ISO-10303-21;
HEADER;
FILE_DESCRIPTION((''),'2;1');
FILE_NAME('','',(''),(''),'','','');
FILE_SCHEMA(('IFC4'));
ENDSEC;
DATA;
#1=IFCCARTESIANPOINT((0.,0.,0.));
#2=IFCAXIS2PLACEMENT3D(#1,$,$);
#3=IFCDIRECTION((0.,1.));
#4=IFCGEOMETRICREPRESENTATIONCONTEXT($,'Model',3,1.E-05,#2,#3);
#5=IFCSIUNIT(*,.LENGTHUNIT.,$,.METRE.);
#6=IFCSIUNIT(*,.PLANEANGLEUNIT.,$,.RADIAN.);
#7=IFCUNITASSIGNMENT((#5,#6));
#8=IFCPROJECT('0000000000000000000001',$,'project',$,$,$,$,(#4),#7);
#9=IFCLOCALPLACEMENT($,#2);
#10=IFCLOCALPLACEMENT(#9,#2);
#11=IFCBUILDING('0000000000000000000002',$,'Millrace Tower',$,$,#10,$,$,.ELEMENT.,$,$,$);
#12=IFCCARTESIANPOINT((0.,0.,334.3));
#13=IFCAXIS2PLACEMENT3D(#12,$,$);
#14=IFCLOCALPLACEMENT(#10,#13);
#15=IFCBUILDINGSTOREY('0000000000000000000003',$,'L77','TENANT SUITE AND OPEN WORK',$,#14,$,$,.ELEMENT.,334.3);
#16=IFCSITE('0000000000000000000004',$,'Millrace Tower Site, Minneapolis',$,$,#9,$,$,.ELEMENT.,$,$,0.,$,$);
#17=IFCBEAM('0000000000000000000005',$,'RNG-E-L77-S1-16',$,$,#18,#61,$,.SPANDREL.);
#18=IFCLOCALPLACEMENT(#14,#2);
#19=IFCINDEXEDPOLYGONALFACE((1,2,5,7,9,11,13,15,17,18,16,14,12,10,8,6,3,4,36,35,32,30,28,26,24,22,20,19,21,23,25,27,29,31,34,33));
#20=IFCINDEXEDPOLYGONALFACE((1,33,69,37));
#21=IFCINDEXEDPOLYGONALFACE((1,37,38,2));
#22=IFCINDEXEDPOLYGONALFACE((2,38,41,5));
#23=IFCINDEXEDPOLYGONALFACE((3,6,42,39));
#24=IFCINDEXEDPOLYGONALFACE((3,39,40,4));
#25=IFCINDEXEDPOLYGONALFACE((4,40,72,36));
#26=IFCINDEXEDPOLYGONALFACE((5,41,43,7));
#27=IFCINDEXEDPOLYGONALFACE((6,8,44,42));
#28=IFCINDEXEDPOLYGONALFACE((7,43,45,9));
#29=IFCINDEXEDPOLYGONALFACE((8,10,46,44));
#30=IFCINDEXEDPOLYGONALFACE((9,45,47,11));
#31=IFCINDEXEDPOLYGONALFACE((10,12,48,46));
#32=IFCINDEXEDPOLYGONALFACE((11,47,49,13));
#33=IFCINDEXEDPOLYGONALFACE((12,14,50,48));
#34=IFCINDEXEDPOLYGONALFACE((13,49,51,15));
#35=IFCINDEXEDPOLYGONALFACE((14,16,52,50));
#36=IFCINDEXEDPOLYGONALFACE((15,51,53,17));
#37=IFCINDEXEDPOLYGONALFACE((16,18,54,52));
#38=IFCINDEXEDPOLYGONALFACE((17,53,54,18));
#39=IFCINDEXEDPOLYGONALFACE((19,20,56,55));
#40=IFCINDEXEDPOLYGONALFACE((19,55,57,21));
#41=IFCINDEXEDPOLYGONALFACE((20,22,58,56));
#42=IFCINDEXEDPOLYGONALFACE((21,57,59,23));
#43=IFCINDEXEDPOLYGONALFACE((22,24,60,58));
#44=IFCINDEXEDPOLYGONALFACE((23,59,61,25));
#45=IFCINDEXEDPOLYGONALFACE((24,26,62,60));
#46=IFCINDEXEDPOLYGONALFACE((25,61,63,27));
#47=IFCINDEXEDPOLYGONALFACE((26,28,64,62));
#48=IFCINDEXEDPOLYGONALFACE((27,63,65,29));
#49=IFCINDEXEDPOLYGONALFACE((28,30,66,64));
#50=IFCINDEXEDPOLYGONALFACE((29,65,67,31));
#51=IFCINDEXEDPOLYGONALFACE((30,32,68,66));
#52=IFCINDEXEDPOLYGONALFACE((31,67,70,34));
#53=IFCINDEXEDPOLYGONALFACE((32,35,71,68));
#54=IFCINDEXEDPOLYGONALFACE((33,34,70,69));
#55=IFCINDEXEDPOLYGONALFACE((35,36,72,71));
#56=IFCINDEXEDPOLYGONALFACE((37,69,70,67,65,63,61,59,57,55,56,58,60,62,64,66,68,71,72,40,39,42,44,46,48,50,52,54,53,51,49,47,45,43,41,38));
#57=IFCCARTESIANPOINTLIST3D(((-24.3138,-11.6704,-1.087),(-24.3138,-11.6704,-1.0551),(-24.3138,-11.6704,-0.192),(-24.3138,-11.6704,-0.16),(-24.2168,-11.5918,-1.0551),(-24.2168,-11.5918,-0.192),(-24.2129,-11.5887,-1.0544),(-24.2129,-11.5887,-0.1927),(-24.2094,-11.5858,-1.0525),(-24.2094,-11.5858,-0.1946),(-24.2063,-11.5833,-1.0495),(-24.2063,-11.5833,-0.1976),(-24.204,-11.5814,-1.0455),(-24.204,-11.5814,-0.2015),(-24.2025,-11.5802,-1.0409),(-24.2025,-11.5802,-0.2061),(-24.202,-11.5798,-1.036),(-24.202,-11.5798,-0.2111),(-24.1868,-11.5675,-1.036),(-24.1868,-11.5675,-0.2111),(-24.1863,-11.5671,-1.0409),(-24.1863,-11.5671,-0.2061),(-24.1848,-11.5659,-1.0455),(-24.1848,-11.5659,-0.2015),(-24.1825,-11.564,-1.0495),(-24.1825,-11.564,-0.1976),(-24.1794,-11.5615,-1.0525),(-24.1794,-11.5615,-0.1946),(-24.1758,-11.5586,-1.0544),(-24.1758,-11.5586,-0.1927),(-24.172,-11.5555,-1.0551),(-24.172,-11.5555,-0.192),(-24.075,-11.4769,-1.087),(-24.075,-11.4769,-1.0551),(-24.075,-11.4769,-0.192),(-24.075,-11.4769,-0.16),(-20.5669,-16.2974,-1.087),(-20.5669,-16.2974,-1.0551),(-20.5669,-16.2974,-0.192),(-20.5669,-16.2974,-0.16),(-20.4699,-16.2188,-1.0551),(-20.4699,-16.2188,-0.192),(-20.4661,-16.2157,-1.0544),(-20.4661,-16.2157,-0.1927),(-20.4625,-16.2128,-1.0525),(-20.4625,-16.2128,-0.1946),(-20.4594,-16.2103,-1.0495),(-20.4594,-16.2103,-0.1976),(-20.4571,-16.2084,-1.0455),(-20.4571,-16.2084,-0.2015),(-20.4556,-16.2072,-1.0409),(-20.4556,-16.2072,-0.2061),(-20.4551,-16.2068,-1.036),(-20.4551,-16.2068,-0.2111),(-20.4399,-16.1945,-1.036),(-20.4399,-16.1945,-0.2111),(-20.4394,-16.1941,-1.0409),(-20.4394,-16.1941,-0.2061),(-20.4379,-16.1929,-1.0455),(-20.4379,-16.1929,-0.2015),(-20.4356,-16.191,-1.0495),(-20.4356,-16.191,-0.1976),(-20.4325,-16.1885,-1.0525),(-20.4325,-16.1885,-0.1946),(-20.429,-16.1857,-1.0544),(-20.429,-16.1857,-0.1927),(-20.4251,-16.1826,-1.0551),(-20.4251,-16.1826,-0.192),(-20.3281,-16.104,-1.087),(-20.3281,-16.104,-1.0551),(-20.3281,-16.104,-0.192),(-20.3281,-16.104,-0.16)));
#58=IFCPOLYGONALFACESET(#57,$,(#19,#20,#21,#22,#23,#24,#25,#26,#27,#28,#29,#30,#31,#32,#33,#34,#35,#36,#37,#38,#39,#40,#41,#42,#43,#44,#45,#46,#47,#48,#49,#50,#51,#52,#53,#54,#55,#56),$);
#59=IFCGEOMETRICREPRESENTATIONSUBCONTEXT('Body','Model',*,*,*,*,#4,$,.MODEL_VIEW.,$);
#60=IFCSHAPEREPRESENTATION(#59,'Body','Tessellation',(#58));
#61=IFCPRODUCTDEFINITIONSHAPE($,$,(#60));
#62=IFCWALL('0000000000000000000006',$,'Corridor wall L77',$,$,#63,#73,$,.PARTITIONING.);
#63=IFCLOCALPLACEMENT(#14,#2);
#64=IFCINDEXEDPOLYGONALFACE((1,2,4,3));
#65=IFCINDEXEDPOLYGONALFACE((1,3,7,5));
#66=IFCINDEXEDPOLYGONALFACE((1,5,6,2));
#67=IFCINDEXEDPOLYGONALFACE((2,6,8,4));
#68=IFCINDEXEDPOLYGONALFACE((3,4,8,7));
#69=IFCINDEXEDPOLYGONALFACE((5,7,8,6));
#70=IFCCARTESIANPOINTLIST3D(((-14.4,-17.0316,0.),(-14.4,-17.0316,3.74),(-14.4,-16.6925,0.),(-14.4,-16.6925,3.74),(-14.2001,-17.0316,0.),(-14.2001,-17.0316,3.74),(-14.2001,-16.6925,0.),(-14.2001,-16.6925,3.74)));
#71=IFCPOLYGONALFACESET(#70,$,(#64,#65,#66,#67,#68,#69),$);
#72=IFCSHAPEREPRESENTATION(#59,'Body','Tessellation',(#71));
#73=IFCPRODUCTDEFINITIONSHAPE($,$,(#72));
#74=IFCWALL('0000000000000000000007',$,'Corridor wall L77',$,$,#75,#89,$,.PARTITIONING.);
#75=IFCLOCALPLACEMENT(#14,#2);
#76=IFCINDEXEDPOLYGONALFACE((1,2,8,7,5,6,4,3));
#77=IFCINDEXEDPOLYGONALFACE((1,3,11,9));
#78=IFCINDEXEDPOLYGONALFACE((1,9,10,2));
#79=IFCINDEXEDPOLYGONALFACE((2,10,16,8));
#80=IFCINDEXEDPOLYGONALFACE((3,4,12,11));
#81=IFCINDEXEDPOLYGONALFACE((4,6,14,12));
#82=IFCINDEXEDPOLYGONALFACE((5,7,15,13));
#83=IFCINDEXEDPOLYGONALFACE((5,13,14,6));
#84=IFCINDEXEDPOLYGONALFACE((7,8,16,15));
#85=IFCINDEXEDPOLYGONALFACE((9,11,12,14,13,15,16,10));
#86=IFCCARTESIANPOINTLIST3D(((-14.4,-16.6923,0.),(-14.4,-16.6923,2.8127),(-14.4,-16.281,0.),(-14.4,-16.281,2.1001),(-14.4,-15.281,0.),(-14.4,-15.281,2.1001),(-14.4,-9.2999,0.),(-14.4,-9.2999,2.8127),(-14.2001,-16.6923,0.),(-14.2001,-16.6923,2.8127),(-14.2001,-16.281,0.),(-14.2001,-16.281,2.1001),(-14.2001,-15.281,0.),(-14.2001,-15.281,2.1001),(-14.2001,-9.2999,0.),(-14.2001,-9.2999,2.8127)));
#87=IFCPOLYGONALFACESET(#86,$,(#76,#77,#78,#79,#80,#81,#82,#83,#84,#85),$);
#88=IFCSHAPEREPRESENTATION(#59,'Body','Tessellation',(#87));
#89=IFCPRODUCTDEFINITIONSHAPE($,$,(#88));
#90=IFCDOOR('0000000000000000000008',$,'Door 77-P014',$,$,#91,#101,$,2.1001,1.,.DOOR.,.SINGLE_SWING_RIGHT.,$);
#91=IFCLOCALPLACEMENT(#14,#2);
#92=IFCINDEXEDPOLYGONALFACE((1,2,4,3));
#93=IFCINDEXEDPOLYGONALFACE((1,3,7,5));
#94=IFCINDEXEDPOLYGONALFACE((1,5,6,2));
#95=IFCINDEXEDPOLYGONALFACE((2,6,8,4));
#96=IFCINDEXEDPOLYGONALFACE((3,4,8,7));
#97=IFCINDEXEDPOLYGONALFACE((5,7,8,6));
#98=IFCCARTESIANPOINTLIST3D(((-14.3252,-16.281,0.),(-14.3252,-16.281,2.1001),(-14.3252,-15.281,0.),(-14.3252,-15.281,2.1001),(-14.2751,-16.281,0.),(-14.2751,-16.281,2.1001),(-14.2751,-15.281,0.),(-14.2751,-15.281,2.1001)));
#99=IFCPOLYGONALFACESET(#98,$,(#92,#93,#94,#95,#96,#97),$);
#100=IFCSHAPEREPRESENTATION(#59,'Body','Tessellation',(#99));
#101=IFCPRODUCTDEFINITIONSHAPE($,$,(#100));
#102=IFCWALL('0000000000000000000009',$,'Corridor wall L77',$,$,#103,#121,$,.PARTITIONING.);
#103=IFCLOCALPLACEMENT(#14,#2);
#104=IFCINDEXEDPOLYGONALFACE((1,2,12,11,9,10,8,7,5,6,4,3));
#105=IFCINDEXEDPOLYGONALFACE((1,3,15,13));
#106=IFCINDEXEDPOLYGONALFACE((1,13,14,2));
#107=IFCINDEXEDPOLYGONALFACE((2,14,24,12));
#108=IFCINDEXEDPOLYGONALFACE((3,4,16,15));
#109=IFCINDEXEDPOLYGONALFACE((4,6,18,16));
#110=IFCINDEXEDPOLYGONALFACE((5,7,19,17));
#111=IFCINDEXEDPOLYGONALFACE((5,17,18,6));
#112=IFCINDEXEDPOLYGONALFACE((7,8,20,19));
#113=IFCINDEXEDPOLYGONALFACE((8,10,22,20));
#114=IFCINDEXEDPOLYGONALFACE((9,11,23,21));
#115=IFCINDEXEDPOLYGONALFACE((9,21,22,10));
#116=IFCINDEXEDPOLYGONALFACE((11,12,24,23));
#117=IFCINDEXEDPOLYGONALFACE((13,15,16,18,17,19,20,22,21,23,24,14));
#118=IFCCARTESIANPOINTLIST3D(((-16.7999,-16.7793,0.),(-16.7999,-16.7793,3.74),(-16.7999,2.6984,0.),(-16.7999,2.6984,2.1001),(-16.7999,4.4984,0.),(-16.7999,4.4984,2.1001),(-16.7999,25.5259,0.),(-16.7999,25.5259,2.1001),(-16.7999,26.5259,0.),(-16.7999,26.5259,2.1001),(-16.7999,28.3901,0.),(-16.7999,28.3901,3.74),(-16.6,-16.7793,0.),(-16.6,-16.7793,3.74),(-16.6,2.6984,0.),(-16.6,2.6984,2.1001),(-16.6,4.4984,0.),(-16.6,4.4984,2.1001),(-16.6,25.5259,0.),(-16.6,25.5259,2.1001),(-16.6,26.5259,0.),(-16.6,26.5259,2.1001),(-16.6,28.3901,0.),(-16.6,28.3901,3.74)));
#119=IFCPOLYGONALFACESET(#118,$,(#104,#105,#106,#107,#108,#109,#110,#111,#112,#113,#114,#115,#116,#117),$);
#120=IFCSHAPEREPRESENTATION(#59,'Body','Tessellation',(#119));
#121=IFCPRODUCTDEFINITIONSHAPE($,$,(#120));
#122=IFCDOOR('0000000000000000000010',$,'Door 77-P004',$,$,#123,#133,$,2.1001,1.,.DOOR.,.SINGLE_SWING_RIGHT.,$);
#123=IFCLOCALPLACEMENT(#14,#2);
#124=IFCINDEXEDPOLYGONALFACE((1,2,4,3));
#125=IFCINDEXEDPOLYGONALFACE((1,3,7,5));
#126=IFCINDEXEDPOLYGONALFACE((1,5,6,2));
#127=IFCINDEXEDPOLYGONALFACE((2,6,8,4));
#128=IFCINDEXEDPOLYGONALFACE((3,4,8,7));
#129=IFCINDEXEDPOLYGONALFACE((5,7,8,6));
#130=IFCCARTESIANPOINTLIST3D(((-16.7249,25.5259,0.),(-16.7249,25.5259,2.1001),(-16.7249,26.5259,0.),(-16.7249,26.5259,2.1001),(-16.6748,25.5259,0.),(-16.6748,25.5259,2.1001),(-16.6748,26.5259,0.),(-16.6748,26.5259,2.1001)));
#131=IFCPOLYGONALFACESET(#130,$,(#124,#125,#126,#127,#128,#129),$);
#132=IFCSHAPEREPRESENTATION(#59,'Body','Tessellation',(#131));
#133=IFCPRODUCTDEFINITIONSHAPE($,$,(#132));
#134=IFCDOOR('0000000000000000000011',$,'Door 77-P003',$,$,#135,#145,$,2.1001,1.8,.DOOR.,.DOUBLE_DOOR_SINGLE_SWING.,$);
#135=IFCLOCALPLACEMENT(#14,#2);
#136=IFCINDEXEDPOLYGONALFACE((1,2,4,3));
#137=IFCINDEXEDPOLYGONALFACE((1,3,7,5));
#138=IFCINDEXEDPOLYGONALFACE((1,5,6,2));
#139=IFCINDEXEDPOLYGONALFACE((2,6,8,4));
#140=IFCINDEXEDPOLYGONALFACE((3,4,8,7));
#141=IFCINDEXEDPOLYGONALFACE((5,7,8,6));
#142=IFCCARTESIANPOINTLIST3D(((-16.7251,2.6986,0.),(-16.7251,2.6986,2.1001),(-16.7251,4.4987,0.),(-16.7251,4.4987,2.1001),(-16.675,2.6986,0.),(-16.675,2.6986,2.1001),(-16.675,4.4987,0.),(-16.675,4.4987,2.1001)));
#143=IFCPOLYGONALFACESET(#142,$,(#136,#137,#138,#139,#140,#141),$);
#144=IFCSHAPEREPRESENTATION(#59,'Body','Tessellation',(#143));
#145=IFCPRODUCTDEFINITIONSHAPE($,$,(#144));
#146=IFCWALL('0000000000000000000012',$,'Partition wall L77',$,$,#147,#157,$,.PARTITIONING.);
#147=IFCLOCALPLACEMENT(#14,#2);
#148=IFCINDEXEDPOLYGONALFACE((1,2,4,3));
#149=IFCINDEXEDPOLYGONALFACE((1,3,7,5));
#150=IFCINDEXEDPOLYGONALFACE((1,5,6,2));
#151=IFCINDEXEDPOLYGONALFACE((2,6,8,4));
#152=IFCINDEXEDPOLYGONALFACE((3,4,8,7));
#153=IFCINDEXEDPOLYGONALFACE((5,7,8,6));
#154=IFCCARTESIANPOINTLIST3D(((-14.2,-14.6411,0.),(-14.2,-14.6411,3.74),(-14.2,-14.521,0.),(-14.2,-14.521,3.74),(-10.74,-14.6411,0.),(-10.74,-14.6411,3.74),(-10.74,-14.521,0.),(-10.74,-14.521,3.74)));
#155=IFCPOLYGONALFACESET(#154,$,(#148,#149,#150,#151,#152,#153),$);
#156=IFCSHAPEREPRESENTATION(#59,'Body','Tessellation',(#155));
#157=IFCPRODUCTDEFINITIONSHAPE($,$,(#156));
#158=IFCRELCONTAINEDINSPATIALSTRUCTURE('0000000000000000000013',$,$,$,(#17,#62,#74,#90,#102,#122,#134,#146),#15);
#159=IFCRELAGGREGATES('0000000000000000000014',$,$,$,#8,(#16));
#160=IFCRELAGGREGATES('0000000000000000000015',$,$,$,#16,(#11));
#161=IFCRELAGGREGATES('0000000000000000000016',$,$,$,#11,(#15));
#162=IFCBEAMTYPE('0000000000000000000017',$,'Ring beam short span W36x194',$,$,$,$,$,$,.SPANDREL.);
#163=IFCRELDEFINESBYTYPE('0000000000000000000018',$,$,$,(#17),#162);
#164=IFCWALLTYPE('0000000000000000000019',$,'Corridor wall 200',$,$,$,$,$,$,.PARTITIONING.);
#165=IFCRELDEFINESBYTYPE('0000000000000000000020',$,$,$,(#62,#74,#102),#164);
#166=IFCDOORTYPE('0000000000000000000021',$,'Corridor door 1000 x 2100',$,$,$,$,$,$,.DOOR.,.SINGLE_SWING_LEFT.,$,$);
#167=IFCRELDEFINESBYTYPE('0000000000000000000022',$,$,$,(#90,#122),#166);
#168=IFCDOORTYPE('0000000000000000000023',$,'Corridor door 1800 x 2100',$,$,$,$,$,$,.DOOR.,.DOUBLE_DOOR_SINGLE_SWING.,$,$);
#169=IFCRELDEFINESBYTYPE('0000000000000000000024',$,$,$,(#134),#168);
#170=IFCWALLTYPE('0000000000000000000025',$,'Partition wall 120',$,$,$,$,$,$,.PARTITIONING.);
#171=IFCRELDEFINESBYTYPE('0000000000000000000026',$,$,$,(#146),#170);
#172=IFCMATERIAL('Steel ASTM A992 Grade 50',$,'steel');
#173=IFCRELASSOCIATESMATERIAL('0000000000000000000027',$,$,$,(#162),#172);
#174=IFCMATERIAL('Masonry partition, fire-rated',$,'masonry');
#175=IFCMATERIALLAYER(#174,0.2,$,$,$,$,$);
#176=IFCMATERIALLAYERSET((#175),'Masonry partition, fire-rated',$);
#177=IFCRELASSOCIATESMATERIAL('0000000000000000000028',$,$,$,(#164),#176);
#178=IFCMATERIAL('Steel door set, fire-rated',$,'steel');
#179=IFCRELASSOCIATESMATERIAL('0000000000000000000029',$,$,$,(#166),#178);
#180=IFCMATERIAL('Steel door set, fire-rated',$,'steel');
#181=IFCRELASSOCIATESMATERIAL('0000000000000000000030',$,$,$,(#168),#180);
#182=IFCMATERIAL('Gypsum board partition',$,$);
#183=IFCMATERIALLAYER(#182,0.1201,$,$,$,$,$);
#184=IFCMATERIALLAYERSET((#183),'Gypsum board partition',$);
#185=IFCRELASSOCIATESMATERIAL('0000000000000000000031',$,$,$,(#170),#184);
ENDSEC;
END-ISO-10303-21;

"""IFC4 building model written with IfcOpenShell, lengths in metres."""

from ifc_helpers import new_model, si_unit, direction, frame, frame_2d, origin, origin_2d, place, context, subcontext, project, spatial, rectangle, i_section, extrude, material, layer, layer_set, material_profile, profile_set, type_object, element, fill, save


model = new_model("IFC4")

# Units and contexts
model_context = context("Model", 3, precision=1e-05, world=origin(), true_north=direction((0.0, 1.0)))
body_context = subcontext(model_context, "Body", "Model", "MODEL_VIEW")
ifc_project = project(units=[si_unit("LENGTHUNIT", "METRE"), si_unit("PLANEANGLEUNIT", "RADIAN")], contexts=[model_context])

# Site, building, storey
site_placement = place(None, origin())
site = spatial("IfcSite", under=ifc_project, at=site_placement, Name="Millrace Tower Site, Minneapolis", CompositionType="ELEMENT", RefElevation=0.0)
building_placement = place(site_placement, origin())
building = spatial("IfcBuilding", under=site, at=building_placement, Name="Millrace Tower", CompositionType="ELEMENT")
storey_placement = place(building_placement, frame((0.0, 0.0, 334.3)))
storey = spatial("IfcBuildingStorey", under=building, at=storey_placement, Name="L77", Description="TENANT SUITE AND OPEN WORK", CompositionType="ELEMENT", Elevation=334.3)

# Beam
ifc_material_1 = material(Name="Steel ASTM A992 Grade 50", Category="steel")
ifc_material_profile_1 = material_profile(ifc_material_1, i_section(OverallWidth=0.3074, OverallDepth=0.927, WebThickness=0.0195, FlangeThickness=0.032, FilletRadius=0.019, at=origin_2d()))
ifc_profile_set_1 = profile_set([ifc_material_profile_1], Name="Steel ASTM A992 Grade 50")
beam_type_1 = type_object("IfcBeamType", Name="Ring beam short span W36x194", PredefinedType="SPANDREL", material=ifc_profile_set_1)
beam_1_placement = place(storey_placement, frame((-20.4475, -16.2007, -0.6235), z_axis=(-0.62932, 0.777147, 0.0), x_axis=(-0.777147, -0.62932, 0.0)))
element("IfcBeam", 1, at=beam_1_placement, inside=storey, type_object=beam_type_1, Name="RNG-E-L77-S1-16", PredefinedType="SPANDREL", context=body_context, shape_type="SweptSolid", body=[
    extrude(i_section(OverallWidth=0.3074, OverallDepth=0.927, WebThickness=0.0195, FlangeThickness=0.032, FilletRadius=0.019, at=origin_2d()), origin(), (0.0, 0.0, 1.0), 5.9539),
])

# Wall
ifc_material_2 = material(Name="Masonry partition, fire-rated", Category="masonry")
ifc_layer_1 = layer(ifc_material_2, 0.2)
ifc_layer_set_1 = layer_set([ifc_layer_1], Name="Masonry partition, fire-rated")
wall_type_1 = type_object("IfcWallType", Name="Corridor wall 200", PredefinedType="PARTITIONING", material=ifc_layer_set_1)
wall_1_placement = place(storey_placement, frame((-14.3, -17.0315, 0.0), z_axis=(0.0, 0.0, 1.0), x_axis=(0.0, 1.0, 0.0)))
element("IfcWall", 2, at=wall_1_placement, inside=storey, type_object=wall_type_1, Name="Corridor wall L77", PredefinedType="PARTITIONING", context=body_context, shape_type="SweptSolid", body=[
    extrude(rectangle(XDim=0.3391, YDim=0.2, at=frame_2d((0.1694, 0.0))), origin(), (0.0, 0.0, 1.0), 3.74),
])

# Wall, opening, door
wall_2_placement = place(storey_placement, frame((-14.3, -16.6924, 0.0), z_axis=(0.0, 0.0, 1.0), x_axis=(0.0, 1.0, 0.0)))
wall_2 = element("IfcWall", 3, at=wall_2_placement, inside=storey, type_object=wall_type_1, Name="Corridor wall L77", PredefinedType="PARTITIONING", context=body_context, shape_type="SweptSolid", body=[
    extrude(rectangle(XDim=7.3923, YDim=0.2, at=frame_2d((3.6963, 0.0))), origin(), (0.0, 0.0, 1.0), 2.8127),
])
opening_1_placement = place(wall_2_placement, frame((0.4114, 0.0, 0.0)))
opening_1 = element("IfcOpeningElement", 4, at=opening_1_placement, cuts=wall_2, PredefinedType="OPENING", context=body_context, shape_type="SweptSolid", body=[
    extrude(rectangle(XDim=1.0, YDim=2.1001, at=frame_2d((0.5, 1.05))), frame((0.0, 0.1099, 0.0), z_axis=(0.0, -1.0, 0.0), x_axis=(1.0, 0.0, 0.0)), (0.0, 0.0, 1.0), 0.22),
])
ifc_material_3 = material(Name="Steel door set, fire-rated", Category="steel")
door_type_1 = type_object("IfcDoorType", Name="Corridor door 1000 x 2100", OperationType="SINGLE_SWING_LEFT", PredefinedType="DOOR", material=ifc_material_3)
door_1_placement = place(opening_1_placement, frame((1.0, 0.0, 0.0), z_axis=(0.0, 0.0, 1.0), x_axis=(-1.0, 0.0, 0.0)))
door_1 = element("IfcDoor", 5, at=door_1_placement, inside=storey, type_object=door_type_1, Name="Door 77-P014", OperationType="SINGLE_SWING_RIGHT", OverallHeight=2.1001, OverallWidth=1.0, PredefinedType="DOOR", context=body_context, shape_type="SweptSolid", body=[
    extrude(rectangle(XDim=1.0, YDim=2.1001, at=frame_2d((0.5, 1.05))), frame((0.0, 0.0249, 0.0), z_axis=(0.0, -1.0, 0.0), x_axis=(1.0, 0.0, 0.0)), (0.0, 0.0, 1.0), 0.05),
])
fill(opening_1, door_1)

# Wall, openings, doors
wall_3_placement = place(storey_placement, frame((-16.7, -16.7793, 0.0), z_axis=(0.0, 0.0, 1.0), x_axis=(0.0, 1.0, 0.0)))
wall_3 = element("IfcWall", 6, at=wall_3_placement, inside=storey, type_object=wall_type_1, Name="Corridor wall L77", PredefinedType="PARTITIONING", context=body_context, shape_type="SweptSolid", body=[
    extrude(rectangle(XDim=45.1694, YDim=0.2, at=frame_2d((22.5847, 0.0))), origin(), (0.0, 0.0, 1.0), 3.74),
])
opening_2_placement = place(wall_3_placement, frame((19.4778, 0.0, 0.0)))
opening_2 = element("IfcOpeningElement", 7, at=opening_2_placement, cuts=wall_3, PredefinedType="OPENING", context=body_context, shape_type="SweptSolid", body=[
    extrude(rectangle(XDim=1.8, YDim=2.1001, at=frame_2d((0.8999, 1.05))), frame((0.0, 0.1099, 0.0), z_axis=(0.0, -1.0, 0.0), x_axis=(1.0, 0.0, 0.0)), (0.0, 0.0, 1.0), 0.22),
])
opening_3_placement = place(wall_3_placement, frame((42.3052, 0.0, 0.0)))
opening_3 = element("IfcOpeningElement", 8, at=opening_3_placement, cuts=wall_3, PredefinedType="OPENING", context=body_context, shape_type="SweptSolid", body=[
    extrude(rectangle(XDim=1.0, YDim=2.1001, at=frame_2d((0.5, 1.05))), frame((0.0, 0.1099, 0.0), z_axis=(0.0, -1.0, 0.0), x_axis=(1.0, 0.0, 0.0)), (0.0, 0.0, 1.0), 0.22),
])
door_2_placement = place(opening_3_placement, origin())
door_2 = element("IfcDoor", 9, at=door_2_placement, inside=storey, type_object=door_type_1, Name="Door 77-P004", OperationType="SINGLE_SWING_RIGHT", OverallHeight=2.1001, OverallWidth=1.0, PredefinedType="DOOR", context=body_context, shape_type="SweptSolid", body=[
    extrude(rectangle(XDim=1.0, YDim=2.1001, at=frame_2d((0.5, 1.05))), frame((0.0, 0.0249, 0.0), z_axis=(0.0, -1.0, 0.0), x_axis=(1.0, 0.0, 0.0)), (0.0, 0.0, 1.0), 0.05),
])
fill(opening_3, door_2)
ifc_material_4 = material(Name="Steel door set, fire-rated", Category="steel")
door_type_2 = type_object("IfcDoorType", Name="Corridor door 1800 x 2100", OperationType="DOUBLE_DOOR_SINGLE_SWING", PredefinedType="DOOR", material=ifc_material_4)
door_3_placement = place(opening_2_placement, frame((1.8, 0.0, 0.0), z_axis=(0.0, 0.0, 1.0), x_axis=(-1.0, 0.0, 0.0)))
door_3 = element("IfcDoor", 10, at=door_3_placement, inside=storey, type_object=door_type_2, Name="Door 77-P003", OperationType="DOUBLE_DOOR_SINGLE_SWING", OverallHeight=2.1001, OverallWidth=1.8, PredefinedType="DOOR", context=body_context, shape_type="SweptSolid", body=[
    extrude(rectangle(XDim=1.8, YDim=2.1001, at=frame_2d((0.8999, 1.05))), frame((0.0, 0.0249, 0.0), z_axis=(0.0, -1.0, 0.0), x_axis=(1.0, 0.0, 0.0)), (0.0, 0.0, 1.0), 0.05),
])
fill(opening_2, door_3)

# Wall
ifc_material_5 = material(Name="Gypsum board partition")
ifc_layer_2 = layer(ifc_material_5, 0.1201)
ifc_layer_set_2 = layer_set([ifc_layer_2], Name="Gypsum board partition")
wall_type_2 = type_object("IfcWallType", Name="Partition wall 120", PredefinedType="PARTITIONING", material=ifc_layer_set_2)
wall_4_placement = place(storey_placement, frame((-14.2, -14.5811, 0.0), z_axis=(0.0, 0.0, 1.0), x_axis=(1.0, 0.0, 0.0)))
element("IfcWall", 11, at=wall_4_placement, inside=storey, type_object=wall_type_2, Name="Partition wall L77", PredefinedType="PARTITIONING", context=body_context, shape_type="SweptSolid", body=[
    extrude(rectangle(XDim=3.46, YDim=0.1201, at=frame_2d((1.73, 0.0))), origin(), (0.0, 0.0, 1.0), 3.74),
])

save(model, "model.ifc")
